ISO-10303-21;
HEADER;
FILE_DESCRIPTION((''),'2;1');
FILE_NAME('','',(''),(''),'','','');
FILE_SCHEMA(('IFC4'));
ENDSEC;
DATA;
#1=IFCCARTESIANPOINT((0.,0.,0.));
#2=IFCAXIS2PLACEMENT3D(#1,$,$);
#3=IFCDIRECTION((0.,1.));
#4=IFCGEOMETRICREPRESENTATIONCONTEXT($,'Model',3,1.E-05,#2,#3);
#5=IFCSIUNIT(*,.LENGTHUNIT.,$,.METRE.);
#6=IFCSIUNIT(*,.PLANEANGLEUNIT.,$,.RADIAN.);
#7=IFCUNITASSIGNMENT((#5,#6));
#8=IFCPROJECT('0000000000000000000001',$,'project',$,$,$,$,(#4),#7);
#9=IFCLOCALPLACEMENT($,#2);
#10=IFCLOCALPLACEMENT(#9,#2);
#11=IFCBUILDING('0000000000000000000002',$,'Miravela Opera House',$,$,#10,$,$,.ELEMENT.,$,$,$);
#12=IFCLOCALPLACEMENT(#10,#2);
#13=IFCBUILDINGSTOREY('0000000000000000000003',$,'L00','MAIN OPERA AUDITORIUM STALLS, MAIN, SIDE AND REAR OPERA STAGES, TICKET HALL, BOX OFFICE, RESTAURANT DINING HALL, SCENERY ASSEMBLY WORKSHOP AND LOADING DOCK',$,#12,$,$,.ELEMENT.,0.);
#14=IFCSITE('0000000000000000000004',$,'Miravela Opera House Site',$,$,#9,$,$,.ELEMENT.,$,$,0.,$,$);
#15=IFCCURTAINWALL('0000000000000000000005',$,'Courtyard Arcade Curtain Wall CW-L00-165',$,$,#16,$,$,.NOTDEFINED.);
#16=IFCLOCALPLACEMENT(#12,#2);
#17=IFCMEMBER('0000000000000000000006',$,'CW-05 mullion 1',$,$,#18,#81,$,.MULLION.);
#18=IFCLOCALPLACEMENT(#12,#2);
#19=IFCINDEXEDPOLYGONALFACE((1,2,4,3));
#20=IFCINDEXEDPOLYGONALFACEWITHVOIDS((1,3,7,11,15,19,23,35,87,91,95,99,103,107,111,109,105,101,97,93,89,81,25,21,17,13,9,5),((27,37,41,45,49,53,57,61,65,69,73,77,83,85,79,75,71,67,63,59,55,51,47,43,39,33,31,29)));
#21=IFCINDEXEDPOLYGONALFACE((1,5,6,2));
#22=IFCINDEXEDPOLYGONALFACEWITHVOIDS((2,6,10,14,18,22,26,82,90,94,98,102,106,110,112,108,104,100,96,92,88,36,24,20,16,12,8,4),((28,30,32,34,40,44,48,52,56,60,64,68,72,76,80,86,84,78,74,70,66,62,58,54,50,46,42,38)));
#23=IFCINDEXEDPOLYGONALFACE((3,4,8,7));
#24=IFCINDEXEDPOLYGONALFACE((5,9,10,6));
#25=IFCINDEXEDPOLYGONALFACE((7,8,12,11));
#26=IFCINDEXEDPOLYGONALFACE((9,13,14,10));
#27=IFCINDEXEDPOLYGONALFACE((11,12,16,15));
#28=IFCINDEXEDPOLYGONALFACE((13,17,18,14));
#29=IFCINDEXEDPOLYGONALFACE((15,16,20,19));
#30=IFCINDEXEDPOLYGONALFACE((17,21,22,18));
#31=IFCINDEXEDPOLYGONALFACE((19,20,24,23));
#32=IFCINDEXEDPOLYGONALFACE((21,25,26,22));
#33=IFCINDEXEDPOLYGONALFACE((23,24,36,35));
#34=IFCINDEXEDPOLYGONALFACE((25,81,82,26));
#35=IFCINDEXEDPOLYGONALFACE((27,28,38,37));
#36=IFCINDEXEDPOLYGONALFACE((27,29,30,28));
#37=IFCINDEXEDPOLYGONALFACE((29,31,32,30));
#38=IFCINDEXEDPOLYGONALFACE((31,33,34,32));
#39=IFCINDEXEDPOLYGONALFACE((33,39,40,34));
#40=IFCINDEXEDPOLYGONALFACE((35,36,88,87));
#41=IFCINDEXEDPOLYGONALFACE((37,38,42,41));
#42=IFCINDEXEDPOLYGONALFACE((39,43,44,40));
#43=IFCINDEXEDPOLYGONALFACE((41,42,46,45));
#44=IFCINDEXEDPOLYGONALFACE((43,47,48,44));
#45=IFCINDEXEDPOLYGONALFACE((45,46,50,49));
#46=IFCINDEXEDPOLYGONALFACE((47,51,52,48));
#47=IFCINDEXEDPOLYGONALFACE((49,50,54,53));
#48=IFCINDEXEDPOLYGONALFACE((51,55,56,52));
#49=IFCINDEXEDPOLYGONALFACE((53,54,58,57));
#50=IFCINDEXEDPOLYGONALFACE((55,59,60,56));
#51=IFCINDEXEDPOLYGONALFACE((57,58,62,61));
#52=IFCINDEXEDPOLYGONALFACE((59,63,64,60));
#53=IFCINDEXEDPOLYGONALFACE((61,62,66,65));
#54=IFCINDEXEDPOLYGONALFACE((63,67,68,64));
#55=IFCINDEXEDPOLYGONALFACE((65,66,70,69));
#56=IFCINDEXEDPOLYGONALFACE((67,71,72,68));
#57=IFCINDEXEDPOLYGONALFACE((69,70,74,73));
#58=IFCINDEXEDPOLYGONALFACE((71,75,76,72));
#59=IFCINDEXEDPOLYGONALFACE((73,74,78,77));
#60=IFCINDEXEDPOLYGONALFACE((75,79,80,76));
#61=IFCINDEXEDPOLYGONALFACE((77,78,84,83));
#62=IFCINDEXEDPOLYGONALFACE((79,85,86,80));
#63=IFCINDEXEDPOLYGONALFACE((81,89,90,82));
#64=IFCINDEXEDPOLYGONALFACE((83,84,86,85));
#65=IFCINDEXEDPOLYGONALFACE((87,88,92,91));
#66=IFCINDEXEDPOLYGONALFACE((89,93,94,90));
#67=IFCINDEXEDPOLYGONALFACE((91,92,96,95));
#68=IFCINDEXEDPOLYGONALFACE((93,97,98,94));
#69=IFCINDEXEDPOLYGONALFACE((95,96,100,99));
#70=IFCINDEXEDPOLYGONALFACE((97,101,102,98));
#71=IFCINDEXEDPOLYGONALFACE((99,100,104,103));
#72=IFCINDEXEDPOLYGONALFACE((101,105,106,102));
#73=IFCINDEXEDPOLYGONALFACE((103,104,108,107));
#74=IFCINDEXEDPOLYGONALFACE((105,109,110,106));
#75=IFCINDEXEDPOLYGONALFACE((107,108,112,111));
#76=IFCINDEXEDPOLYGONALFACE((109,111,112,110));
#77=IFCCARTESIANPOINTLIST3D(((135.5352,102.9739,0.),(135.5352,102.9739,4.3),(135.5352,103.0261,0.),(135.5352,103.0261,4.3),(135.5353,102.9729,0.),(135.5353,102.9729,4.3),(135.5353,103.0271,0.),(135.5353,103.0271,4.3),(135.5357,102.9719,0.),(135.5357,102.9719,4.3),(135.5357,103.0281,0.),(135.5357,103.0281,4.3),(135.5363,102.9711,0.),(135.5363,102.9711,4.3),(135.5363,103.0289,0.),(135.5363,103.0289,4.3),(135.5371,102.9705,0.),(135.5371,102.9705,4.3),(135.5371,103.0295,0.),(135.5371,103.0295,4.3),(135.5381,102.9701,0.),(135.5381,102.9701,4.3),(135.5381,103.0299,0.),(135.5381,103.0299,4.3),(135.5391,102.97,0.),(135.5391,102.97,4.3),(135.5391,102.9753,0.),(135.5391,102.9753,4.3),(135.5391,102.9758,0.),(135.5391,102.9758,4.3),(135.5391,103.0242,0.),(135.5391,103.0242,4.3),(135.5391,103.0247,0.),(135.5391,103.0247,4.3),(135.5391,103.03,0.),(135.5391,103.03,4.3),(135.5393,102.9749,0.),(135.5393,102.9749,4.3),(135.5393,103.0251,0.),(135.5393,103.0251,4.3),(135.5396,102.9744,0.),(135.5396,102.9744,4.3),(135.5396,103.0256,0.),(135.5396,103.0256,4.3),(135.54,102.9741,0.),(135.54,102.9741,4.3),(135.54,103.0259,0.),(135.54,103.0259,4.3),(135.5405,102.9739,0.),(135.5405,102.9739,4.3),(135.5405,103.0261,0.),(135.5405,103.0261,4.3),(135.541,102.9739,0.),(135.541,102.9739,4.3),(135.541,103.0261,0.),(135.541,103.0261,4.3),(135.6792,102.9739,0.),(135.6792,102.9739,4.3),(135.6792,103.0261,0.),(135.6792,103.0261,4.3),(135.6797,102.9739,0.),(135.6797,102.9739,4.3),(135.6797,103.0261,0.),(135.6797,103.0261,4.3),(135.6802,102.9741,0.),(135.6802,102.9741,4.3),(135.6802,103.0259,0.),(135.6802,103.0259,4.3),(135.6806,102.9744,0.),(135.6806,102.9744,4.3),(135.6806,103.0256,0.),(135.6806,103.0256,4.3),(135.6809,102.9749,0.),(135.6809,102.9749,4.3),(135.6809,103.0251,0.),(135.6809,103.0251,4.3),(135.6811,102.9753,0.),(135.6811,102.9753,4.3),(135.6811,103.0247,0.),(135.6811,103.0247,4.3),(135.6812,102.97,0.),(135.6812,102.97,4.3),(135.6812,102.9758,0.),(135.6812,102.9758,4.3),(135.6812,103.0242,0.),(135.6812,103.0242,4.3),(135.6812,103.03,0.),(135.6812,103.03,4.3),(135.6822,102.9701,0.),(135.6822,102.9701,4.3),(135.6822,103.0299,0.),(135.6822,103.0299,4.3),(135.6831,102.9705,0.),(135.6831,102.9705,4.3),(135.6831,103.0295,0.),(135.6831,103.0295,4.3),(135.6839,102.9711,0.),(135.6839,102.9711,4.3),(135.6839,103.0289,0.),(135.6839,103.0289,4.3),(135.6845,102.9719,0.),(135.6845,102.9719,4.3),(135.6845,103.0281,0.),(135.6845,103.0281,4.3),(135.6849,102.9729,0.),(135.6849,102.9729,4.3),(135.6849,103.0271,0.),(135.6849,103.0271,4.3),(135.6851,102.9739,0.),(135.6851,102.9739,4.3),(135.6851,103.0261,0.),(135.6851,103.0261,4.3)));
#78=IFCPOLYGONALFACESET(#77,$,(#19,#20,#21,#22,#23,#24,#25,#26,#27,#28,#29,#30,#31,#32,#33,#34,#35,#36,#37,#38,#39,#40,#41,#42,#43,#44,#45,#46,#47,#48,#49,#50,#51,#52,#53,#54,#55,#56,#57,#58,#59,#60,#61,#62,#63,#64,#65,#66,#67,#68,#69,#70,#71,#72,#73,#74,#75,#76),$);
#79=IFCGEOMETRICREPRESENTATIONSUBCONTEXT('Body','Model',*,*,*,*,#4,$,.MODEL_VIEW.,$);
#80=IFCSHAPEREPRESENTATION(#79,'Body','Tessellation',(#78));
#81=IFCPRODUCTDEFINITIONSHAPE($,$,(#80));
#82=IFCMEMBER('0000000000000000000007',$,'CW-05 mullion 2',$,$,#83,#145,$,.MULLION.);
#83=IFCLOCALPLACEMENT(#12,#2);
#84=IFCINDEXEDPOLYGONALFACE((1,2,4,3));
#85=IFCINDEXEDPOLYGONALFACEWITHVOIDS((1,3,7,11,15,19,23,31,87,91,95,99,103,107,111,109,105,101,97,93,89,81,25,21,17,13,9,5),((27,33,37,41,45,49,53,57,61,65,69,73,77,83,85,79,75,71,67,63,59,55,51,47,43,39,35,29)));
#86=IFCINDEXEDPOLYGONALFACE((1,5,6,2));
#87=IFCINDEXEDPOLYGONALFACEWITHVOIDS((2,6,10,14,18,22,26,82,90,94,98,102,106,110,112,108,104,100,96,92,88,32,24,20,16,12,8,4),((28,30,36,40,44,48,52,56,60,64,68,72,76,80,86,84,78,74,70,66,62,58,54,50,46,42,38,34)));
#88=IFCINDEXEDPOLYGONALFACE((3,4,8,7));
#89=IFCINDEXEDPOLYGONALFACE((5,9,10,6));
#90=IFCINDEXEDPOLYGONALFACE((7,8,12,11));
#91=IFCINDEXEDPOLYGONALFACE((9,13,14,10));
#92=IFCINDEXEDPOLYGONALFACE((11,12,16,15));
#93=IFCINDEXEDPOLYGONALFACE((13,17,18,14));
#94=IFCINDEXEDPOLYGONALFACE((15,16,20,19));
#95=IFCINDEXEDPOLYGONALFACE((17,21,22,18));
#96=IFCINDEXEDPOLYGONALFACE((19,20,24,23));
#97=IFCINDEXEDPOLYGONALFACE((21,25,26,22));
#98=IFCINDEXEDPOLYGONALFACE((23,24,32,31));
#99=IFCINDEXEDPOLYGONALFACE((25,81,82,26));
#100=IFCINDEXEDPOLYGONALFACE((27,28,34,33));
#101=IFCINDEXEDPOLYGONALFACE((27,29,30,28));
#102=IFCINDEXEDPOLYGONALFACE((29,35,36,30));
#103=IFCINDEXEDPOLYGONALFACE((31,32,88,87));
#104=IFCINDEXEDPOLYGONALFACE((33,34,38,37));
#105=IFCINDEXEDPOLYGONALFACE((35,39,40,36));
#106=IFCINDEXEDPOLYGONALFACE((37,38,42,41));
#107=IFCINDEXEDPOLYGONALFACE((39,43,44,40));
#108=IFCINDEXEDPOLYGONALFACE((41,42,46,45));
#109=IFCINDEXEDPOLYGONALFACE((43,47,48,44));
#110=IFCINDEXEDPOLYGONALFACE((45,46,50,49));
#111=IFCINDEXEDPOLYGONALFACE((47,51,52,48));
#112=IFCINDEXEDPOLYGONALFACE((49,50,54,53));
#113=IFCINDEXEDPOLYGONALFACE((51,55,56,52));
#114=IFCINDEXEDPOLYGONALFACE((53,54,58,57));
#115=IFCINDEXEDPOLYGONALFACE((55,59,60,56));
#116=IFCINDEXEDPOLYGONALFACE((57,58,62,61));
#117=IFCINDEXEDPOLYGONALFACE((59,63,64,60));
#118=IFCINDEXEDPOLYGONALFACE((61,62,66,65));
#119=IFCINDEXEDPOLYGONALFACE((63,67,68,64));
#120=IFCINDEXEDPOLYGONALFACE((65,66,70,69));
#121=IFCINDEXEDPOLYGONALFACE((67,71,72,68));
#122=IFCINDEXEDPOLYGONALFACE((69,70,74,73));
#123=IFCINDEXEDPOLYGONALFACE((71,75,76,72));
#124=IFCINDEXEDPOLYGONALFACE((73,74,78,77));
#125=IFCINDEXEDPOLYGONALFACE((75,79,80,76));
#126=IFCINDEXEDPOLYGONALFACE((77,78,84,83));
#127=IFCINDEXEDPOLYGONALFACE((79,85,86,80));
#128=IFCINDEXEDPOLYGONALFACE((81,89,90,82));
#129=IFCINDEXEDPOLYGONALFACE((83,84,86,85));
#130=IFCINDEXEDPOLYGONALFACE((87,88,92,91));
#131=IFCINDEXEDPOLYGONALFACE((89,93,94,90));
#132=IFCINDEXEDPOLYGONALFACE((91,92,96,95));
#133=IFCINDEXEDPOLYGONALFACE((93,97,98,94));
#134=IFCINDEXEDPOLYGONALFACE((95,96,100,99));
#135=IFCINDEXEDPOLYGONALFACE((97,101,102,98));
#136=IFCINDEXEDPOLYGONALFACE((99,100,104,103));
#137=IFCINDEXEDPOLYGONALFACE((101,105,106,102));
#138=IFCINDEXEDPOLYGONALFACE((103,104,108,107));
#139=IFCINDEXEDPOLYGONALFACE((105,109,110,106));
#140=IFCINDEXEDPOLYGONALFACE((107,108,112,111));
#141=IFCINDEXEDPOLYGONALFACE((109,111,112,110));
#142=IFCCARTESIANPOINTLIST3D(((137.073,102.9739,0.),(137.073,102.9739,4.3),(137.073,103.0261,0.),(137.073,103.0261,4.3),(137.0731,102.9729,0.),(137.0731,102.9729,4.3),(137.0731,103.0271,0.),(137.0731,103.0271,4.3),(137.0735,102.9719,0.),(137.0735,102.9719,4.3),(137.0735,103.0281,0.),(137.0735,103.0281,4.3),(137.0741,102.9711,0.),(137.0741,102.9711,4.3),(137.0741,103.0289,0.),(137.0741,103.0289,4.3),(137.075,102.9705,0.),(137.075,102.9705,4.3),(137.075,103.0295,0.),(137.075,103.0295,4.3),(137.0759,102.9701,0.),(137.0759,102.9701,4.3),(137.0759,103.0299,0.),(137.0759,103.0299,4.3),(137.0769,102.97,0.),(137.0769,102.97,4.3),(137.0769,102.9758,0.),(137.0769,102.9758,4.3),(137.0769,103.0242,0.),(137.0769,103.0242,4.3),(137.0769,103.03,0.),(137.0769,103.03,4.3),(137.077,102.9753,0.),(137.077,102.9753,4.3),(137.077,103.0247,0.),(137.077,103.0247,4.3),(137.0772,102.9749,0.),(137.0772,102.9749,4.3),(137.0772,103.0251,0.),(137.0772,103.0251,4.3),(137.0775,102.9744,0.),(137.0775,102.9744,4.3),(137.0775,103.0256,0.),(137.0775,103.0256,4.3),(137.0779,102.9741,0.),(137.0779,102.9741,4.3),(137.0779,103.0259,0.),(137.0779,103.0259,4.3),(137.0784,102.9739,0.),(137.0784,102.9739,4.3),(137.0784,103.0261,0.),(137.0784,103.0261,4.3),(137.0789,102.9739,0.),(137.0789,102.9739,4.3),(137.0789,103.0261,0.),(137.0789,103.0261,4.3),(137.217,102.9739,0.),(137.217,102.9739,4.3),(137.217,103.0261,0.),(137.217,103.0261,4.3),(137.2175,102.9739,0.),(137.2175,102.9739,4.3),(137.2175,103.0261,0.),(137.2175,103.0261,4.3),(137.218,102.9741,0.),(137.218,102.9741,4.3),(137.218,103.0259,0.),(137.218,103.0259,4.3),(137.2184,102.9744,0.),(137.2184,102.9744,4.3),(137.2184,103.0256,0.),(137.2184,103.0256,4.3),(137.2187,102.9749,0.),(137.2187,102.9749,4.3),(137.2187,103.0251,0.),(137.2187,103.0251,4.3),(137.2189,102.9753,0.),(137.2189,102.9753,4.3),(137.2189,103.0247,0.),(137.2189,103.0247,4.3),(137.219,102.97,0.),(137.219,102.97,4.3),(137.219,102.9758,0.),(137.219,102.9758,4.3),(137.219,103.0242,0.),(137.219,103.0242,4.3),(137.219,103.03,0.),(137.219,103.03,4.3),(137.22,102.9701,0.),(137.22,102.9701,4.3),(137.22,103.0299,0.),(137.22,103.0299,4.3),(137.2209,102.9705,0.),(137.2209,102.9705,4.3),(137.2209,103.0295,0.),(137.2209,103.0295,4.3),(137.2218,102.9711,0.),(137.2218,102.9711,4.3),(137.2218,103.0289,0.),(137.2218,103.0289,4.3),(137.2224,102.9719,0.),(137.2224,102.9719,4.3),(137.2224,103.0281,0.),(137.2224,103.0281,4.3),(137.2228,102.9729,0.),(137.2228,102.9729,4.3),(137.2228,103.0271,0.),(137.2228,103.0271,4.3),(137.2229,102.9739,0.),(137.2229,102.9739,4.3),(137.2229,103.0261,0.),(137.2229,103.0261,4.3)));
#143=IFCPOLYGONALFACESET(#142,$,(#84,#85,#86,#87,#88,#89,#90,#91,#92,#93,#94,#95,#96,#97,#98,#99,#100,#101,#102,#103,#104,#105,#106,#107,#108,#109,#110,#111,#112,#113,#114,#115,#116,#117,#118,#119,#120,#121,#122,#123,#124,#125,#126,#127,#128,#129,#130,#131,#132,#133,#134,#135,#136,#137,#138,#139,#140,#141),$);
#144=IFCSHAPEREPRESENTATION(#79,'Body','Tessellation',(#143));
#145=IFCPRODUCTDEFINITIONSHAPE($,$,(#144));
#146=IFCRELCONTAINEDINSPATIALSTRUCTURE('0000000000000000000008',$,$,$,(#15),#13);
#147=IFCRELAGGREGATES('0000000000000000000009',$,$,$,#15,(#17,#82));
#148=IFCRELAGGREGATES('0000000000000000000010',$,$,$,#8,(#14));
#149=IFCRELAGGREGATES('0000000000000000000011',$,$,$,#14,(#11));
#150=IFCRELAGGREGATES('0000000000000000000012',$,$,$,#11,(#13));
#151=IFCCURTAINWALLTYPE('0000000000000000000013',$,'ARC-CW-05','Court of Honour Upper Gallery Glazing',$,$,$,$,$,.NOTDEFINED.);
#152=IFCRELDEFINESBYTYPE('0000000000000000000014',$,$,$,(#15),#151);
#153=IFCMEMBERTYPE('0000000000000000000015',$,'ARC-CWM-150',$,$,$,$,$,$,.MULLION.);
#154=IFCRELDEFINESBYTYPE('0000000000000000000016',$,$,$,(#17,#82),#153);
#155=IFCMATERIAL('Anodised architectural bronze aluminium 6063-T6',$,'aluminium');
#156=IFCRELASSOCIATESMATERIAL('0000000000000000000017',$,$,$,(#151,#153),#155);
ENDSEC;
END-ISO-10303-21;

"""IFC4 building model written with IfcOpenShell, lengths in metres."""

from ifc_helpers import new_model, si_unit, direction, frame, origin, origin_2d, place, context, subcontext, project, spatial, hollow_rectangle, extrude, material, material_profile, profile_set, type_object, element, aggregate, save


model = new_model("IFC4")

# Units and contexts
model_context = context("Model", 3, precision=1e-05, world=origin(), true_north=direction((0.0, 1.0)))
body_context = subcontext(model_context, "Body", "Model", "MODEL_VIEW")
ifc_project = project(units=[si_unit("LENGTHUNIT", "METRE"), si_unit("PLANEANGLEUNIT", "RADIAN")], contexts=[model_context])

# Site, building, storey
site_placement = place(None, origin())
site = spatial("IfcSite", under=ifc_project, at=site_placement, Name="Miravela Opera House Site", CompositionType="ELEMENT", RefElevation=0.0)
building_placement = place(site_placement, origin())
building = spatial("IfcBuilding", under=site, at=building_placement, Name="Miravela Opera House", CompositionType="ELEMENT")
storey_placement = place(building_placement, origin())
storey = spatial("IfcBuildingStorey", under=building, at=storey_placement, Name="L00", Description="MAIN OPERA AUDITORIUM STALLS, MAIN, SIDE AND REAR OPERA STAGES, TICKET HALL, BOX OFFICE, RESTAURANT DINING HALL, SCENERY ASSEMBLY WORKSHOP AND LOADING DOCK", CompositionType="ELEMENT", Elevation=0.0)

# Curtain wall, members
ifc_material_1 = material(Name="Anodised architectural bronze aluminium 6063-T6", Category="aluminium")
curtain_wall_type = type_object("IfcCurtainWallType", Name="ARC-CW-05", Description="Court of Honour Upper Gallery Glazing", PredefinedType="NOTDEFINED", material=ifc_material_1)
ifc_material_profile_1 = material_profile(ifc_material_1, hollow_rectangle(XDim=0.0601, YDim=0.1499, WallThickness=0.0039, InnerFilletRadius=0.002, OuterFilletRadius=0.0039, at=origin_2d()), Name="CWM-60X150")
ifc_profile_set_1 = profile_set([ifc_material_profile_1])
member_type_1 = type_object("IfcMemberType", Name="ARC-CWM-150", PredefinedType="MULLION", material=ifc_profile_set_1)
curtain_wall_1_placement = place(storey_placement, origin())
curtain_wall_1 = element("IfcCurtainWall", 1, at=curtain_wall_1_placement, inside=storey, type_object=curtain_wall_type, Name="Courtyard Arcade Curtain Wall CW-L00-165", PredefinedType="NOTDEFINED")
member_1_placement = place(storey_placement, frame((135.6101, 103.0, 0.0), z_axis=(0.0, 0.0, 1.0), x_axis=(0.0, 1.0, 0.0)))
member_1 = element("IfcMember", 2, at=member_1_placement, type_object=member_type_1, Name="CW-05 mullion 1", PredefinedType="MULLION", context=body_context, shape_type="SweptSolid", body=[
    extrude(hollow_rectangle(XDim=0.0601, YDim=0.1499, WallThickness=0.0039, InnerFilletRadius=0.002, OuterFilletRadius=0.0039, at=origin_2d()), origin(), (0.0, 0.0, 1.0), 4.3),
])
member_2_placement = place(storey_placement, frame((137.1479, 103.0, 0.0), z_axis=(0.0, 0.0, 1.0), x_axis=(0.0, 1.0, 0.0)))
member_2 = element("IfcMember", 3, at=member_2_placement, type_object=member_type_1, Name="CW-05 mullion 2", PredefinedType="MULLION", context=body_context, shape_type="SweptSolid", body=[
    extrude(hollow_rectangle(XDim=0.0601, YDim=0.1499, WallThickness=0.0039, InnerFilletRadius=0.002, OuterFilletRadius=0.0039, at=origin_2d()), origin(), (0.0, 0.0, 1.0), 4.3),
])

aggregate(curtain_wall_1, [member_1, member_2])

save(model, "model.ifc")
